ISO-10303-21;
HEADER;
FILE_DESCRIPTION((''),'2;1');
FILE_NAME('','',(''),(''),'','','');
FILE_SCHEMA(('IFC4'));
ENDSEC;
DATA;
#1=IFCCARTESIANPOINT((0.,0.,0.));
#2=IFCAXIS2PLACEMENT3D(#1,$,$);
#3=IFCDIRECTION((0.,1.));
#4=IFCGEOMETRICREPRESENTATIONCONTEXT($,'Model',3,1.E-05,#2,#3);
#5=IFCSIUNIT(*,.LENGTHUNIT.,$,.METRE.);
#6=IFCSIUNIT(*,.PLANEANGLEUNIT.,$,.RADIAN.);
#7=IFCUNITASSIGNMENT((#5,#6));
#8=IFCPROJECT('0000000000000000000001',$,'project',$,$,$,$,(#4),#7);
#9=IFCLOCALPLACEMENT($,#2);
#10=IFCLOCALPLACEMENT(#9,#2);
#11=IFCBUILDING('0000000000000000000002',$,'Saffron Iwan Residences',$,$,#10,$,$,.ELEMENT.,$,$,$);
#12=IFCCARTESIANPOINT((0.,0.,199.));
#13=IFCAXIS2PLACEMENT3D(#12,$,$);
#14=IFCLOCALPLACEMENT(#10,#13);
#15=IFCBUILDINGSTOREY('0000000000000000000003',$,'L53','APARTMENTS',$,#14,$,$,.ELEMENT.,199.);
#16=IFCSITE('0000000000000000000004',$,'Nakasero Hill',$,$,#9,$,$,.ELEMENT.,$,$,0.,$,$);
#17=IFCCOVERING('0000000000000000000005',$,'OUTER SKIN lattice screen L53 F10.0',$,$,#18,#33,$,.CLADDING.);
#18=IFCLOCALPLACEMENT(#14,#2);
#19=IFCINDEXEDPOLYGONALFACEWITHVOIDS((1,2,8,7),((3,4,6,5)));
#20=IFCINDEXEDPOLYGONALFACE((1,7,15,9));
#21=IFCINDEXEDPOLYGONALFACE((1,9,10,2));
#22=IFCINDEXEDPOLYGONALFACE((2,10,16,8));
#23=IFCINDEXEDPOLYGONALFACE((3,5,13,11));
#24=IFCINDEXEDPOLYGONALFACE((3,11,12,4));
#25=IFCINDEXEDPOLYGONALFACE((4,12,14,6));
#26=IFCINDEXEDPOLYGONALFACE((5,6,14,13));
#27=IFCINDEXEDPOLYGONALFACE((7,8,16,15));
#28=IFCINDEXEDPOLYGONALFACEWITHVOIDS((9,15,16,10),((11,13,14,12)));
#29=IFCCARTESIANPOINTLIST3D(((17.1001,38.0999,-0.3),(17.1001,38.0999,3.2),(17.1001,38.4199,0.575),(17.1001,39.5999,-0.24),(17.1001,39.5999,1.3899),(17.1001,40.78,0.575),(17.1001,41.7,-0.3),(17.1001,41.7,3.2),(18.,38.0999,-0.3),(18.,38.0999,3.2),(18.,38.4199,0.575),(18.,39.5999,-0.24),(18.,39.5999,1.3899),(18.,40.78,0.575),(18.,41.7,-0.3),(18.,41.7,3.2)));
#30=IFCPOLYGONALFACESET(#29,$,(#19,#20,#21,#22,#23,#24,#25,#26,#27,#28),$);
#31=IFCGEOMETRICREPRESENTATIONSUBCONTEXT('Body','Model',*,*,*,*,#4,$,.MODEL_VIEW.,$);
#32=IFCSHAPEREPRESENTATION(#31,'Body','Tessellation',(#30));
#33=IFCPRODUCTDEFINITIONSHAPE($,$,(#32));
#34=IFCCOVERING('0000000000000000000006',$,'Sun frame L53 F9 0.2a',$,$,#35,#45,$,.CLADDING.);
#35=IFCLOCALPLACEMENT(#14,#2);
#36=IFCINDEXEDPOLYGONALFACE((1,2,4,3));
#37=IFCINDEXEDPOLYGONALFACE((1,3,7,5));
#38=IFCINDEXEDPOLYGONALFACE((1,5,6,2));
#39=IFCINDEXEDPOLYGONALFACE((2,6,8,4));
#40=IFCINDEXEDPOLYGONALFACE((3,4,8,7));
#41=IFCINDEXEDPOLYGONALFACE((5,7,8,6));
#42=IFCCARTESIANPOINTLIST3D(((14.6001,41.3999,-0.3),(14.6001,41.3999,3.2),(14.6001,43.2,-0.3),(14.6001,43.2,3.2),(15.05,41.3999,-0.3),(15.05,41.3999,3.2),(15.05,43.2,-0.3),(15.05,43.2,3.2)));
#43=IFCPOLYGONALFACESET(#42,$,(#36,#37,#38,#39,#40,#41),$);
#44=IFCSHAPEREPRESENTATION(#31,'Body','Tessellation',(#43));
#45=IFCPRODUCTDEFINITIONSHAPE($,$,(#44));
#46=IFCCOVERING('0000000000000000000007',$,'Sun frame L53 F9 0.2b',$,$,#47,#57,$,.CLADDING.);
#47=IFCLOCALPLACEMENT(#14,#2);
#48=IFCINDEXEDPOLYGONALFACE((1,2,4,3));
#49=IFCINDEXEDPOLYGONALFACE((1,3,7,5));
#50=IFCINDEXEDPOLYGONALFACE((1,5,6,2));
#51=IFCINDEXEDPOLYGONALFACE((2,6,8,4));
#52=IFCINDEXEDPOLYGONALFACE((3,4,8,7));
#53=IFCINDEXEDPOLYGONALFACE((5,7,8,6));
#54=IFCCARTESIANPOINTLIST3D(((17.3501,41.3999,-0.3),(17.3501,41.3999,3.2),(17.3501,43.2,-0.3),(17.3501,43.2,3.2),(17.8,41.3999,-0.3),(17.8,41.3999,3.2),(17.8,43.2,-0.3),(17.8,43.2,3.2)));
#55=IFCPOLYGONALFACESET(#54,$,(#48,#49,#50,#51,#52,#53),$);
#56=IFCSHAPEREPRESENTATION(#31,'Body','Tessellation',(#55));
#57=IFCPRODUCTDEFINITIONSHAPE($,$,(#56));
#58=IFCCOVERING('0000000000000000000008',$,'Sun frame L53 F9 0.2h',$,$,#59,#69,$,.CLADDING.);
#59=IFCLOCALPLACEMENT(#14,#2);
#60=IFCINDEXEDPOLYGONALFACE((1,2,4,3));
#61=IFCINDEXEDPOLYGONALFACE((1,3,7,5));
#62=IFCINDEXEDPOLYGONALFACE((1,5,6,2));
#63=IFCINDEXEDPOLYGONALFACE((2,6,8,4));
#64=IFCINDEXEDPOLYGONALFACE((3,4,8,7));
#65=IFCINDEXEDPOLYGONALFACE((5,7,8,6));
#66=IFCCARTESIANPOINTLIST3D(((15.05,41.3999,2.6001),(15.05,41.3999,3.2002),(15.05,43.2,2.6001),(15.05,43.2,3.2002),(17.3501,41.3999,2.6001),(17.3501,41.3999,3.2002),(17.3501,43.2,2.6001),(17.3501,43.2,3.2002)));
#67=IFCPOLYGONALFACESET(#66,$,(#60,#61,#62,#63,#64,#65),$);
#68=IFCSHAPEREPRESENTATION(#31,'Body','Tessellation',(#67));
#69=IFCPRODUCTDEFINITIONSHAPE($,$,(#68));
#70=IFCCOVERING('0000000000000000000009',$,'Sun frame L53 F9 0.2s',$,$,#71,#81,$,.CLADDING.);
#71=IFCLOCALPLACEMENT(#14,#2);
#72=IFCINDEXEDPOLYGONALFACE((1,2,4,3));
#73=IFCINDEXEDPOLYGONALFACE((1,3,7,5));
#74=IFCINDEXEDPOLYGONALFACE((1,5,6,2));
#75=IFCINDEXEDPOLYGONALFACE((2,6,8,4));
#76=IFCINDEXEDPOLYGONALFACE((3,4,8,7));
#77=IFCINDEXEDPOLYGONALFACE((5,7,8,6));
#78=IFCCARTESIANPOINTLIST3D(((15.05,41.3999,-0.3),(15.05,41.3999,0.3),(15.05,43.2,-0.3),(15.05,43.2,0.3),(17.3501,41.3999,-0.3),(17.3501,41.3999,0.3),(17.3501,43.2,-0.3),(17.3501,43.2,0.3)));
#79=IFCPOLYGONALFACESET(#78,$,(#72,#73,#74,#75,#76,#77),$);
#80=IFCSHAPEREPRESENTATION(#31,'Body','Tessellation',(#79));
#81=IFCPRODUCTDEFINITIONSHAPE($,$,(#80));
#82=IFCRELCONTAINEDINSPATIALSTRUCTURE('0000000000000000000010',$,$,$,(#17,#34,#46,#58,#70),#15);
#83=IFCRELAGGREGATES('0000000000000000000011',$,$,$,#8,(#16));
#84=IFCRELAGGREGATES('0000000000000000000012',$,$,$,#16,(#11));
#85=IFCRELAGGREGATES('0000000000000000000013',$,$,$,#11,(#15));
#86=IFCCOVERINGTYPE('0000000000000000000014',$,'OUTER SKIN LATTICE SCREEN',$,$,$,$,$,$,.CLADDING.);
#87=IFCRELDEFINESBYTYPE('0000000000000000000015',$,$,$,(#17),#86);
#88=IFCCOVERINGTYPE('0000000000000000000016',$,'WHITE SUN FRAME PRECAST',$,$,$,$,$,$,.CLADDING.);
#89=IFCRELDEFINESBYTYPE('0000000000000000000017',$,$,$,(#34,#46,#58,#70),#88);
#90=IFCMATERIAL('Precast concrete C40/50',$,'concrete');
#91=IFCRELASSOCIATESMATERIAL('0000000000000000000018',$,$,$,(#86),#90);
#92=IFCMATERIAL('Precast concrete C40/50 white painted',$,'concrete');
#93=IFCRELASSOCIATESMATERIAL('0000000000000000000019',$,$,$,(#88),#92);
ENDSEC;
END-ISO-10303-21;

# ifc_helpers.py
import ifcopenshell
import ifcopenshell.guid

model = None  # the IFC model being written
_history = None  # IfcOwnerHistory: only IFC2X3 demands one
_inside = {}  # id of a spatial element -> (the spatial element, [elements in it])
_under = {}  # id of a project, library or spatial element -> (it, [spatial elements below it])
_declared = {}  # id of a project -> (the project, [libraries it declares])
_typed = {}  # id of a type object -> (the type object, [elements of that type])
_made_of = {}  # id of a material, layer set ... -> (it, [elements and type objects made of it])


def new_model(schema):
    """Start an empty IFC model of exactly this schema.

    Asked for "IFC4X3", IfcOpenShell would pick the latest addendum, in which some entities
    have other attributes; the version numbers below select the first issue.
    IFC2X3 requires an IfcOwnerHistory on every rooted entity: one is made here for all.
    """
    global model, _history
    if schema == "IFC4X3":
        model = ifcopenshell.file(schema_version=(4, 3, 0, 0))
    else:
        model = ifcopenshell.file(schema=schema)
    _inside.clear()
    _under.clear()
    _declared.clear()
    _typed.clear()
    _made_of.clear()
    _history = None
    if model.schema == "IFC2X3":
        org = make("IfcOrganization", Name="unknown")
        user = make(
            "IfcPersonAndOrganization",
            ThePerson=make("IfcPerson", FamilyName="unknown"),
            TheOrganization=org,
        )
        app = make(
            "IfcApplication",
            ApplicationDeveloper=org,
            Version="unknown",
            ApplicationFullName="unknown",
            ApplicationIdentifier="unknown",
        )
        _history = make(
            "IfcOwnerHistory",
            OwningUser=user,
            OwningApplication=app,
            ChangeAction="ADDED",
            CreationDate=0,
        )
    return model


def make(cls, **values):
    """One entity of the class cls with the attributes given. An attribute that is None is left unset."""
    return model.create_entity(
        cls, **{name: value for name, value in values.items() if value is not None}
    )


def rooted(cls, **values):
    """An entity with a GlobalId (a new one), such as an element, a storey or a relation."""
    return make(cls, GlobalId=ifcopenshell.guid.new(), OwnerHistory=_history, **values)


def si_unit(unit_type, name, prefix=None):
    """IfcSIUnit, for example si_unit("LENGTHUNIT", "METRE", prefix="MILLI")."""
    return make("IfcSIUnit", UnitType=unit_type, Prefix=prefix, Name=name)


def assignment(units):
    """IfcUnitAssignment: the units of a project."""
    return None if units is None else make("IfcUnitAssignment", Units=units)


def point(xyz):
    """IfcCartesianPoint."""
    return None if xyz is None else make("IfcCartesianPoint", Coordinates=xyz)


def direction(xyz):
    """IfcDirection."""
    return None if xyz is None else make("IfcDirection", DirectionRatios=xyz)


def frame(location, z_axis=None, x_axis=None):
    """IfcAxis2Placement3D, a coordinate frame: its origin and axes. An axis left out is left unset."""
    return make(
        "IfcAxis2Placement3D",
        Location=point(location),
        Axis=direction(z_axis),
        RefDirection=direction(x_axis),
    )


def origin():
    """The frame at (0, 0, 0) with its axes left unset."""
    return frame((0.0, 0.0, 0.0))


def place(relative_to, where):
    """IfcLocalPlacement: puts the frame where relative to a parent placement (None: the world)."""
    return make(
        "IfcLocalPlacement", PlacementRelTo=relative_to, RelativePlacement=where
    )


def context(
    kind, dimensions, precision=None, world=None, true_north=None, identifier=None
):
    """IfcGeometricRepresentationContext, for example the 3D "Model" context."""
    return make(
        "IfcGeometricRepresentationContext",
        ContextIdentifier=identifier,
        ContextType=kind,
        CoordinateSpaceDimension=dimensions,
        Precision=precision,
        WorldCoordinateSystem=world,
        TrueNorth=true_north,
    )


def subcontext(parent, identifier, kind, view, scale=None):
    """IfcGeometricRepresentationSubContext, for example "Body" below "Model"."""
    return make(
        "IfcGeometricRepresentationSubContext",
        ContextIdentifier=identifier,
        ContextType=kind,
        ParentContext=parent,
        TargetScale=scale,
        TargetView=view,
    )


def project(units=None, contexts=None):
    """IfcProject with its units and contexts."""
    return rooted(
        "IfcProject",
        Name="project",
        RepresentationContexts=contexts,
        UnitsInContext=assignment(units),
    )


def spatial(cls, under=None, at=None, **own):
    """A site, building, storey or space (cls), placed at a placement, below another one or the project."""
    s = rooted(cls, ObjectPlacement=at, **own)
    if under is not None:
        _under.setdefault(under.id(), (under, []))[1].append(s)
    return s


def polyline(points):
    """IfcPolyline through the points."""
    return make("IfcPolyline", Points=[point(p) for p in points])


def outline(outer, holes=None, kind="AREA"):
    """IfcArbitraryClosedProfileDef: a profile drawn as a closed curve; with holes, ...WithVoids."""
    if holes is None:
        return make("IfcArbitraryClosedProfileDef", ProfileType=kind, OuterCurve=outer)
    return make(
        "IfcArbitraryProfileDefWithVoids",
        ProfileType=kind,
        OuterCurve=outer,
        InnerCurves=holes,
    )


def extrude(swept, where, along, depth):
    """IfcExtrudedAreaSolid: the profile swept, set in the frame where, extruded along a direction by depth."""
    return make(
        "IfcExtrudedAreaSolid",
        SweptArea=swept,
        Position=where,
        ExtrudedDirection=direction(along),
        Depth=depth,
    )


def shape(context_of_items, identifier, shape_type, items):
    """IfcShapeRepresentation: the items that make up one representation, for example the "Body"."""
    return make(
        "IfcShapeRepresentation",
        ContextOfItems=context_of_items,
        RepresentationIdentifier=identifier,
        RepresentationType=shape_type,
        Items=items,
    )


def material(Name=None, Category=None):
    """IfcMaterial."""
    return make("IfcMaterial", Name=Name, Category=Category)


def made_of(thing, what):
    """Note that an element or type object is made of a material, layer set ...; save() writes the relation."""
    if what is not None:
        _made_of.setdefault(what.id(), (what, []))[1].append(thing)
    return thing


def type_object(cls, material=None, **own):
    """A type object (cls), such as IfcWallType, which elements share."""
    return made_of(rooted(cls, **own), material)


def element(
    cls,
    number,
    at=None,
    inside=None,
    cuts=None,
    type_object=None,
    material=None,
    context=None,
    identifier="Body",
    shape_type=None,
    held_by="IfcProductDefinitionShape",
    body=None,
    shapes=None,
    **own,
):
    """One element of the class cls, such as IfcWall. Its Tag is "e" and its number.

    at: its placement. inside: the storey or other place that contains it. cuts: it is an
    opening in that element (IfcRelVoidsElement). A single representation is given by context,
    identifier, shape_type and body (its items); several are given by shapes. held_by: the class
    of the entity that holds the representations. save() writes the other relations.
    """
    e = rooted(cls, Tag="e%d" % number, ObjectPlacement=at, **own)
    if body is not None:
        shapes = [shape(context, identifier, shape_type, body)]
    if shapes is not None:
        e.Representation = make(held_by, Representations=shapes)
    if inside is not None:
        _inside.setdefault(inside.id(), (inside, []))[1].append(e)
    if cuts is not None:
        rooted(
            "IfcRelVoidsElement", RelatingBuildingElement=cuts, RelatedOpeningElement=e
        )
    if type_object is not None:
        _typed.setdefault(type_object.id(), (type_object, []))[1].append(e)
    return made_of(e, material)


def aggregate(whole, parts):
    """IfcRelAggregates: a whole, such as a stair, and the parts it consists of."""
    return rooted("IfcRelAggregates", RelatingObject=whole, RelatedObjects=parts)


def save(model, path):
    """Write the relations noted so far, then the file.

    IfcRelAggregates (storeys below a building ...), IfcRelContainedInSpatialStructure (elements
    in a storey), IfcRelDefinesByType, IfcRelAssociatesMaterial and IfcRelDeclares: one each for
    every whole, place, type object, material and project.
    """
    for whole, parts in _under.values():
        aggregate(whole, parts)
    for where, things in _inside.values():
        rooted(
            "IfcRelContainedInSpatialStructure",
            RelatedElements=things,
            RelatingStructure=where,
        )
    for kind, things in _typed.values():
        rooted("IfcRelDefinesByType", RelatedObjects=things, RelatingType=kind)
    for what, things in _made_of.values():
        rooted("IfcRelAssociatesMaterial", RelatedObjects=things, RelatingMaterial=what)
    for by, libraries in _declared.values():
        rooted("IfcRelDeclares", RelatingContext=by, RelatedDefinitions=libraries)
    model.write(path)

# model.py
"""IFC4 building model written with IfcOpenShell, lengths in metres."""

from ifc_helpers import new_model, si_unit, direction, frame, origin, place, context, subcontext, project, spatial, polyline, outline, extrude, material, type_object, element, save


model = new_model("IFC4")

# Units and contexts
model_context = context("Model", 3, precision=1e-05, world=origin(), true_north=direction((0.0, 1.0)))
body_context = subcontext(model_context, "Body", "Model", "MODEL_VIEW")
ifc_project = project(units=[si_unit("LENGTHUNIT", "METRE"), si_unit("PLANEANGLEUNIT", "RADIAN")], contexts=[model_context])

# Site, building, storey
site_placement = place(None, origin())
site = spatial("IfcSite", under=ifc_project, at=site_placement, Name="Nakasero Hill", CompositionType="ELEMENT", RefElevation=0.0)
building_placement = place(site_placement, origin())
building = spatial("IfcBuilding", under=site, at=building_placement, Name="Saffron Iwan Residences", CompositionType="ELEMENT")
storey_placement = place(building_placement, frame((0.0, 0.0, 199.0)))
storey = spatial("IfcBuildingStorey", under=building, at=storey_placement, Name="L53", Description="APARTMENTS", CompositionType="ELEMENT", Elevation=199.0)

# Coverings
ifc_material_1 = material(Name="Precast concrete C40/50", Category="concrete")
covering_type_1 = type_object("IfcCoveringType", Name="OUTER SKIN LATTICE SCREEN", PredefinedType="CLADDING", material=ifc_material_1)
covering_placement = place(storey_placement, frame((18.0, 41.7, -0.3), z_axis=(-1.0, 0.0, 0.0), x_axis=(0.0, -1.0, 0.0)))
element("IfcCovering", 1, at=covering_placement, inside=storey, type_object=covering_type_1, Name="OUTER SKIN lattice screen L53 F10.0", PredefinedType="CLADDING", context=body_context, shape_type="SweptSolid", body=[
    extrude(outline(polyline([(0.0, 0.0), (3.6001, 0.0), (3.6001, 3.5), (0.0, 3.5), (0.0, 0.0)]), holes=[polyline([(0.9199, 0.875), (2.1001, 0.0601), (3.28, 0.875), (2.1001, 1.6899), (0.9199, 0.875)])]), origin(), (0.0, 0.0, 1.0), 0.8999),
])
ifc_material_2 = material(Name="Precast concrete C40/50 white painted", Category="concrete")
covering_type_2 = type_object("IfcCoveringType", Name="WHITE SUN FRAME PRECAST", PredefinedType="CLADDING", material=ifc_material_2)
for number, where, z_axis, x_axis, name in (
    (2, (14.6001, 43.2, -0.3), (0.0, -1.0, 0.0), (1.0, 0.0, 0.0), "Sun frame L53 F9 0.2a"),
    (3, (17.3501, 43.2, -0.3), (0.0, -1.0, 0.0), (1.0, 0.0, 0.0), "Sun frame L53 F9 0.2b"),
):
    element("IfcCovering", number, at=place(storey_placement, frame(where, z_axis=z_axis, x_axis=x_axis)), inside=storey, type_object=covering_type_2, Name=name, PredefinedType="CLADDING", context=body_context, shape_type="SweptSolid", body=[
        extrude(outline(polyline([(0.0, 0.0), (0.45, 0.0), (0.45, 3.5), (0.0, 3.5), (0.0, 0.0)])), origin(), (0.0, 0.0, 1.0), 1.8),
    ])
for number, where, z_axis, x_axis, name in (
    (4, (15.05, 43.2, 2.6001), (0.0, -1.0, 0.0), (1.0, 0.0, 0.0), "Sun frame L53 F9 0.2h"),
    (5, (15.05, 43.2, -0.3), (0.0, -1.0, 0.0), (1.0, 0.0, 0.0), "Sun frame L53 F9 0.2s"),
):
    element("IfcCovering", number, at=place(storey_placement, frame(where, z_axis=z_axis, x_axis=x_axis)), inside=storey, type_object=covering_type_2, Name=name, PredefinedType="CLADDING", context=body_context, shape_type="SweptSolid", body=[
        extrude(outline(polyline([(0.0, 0.0), (2.3, 0.0), (2.3, 0.6001), (0.0, 0.6001), (0.0, 0.0)])), origin(), (0.0, 0.0, 1.0), 1.8),
    ])

save(model, "model.ifc")
